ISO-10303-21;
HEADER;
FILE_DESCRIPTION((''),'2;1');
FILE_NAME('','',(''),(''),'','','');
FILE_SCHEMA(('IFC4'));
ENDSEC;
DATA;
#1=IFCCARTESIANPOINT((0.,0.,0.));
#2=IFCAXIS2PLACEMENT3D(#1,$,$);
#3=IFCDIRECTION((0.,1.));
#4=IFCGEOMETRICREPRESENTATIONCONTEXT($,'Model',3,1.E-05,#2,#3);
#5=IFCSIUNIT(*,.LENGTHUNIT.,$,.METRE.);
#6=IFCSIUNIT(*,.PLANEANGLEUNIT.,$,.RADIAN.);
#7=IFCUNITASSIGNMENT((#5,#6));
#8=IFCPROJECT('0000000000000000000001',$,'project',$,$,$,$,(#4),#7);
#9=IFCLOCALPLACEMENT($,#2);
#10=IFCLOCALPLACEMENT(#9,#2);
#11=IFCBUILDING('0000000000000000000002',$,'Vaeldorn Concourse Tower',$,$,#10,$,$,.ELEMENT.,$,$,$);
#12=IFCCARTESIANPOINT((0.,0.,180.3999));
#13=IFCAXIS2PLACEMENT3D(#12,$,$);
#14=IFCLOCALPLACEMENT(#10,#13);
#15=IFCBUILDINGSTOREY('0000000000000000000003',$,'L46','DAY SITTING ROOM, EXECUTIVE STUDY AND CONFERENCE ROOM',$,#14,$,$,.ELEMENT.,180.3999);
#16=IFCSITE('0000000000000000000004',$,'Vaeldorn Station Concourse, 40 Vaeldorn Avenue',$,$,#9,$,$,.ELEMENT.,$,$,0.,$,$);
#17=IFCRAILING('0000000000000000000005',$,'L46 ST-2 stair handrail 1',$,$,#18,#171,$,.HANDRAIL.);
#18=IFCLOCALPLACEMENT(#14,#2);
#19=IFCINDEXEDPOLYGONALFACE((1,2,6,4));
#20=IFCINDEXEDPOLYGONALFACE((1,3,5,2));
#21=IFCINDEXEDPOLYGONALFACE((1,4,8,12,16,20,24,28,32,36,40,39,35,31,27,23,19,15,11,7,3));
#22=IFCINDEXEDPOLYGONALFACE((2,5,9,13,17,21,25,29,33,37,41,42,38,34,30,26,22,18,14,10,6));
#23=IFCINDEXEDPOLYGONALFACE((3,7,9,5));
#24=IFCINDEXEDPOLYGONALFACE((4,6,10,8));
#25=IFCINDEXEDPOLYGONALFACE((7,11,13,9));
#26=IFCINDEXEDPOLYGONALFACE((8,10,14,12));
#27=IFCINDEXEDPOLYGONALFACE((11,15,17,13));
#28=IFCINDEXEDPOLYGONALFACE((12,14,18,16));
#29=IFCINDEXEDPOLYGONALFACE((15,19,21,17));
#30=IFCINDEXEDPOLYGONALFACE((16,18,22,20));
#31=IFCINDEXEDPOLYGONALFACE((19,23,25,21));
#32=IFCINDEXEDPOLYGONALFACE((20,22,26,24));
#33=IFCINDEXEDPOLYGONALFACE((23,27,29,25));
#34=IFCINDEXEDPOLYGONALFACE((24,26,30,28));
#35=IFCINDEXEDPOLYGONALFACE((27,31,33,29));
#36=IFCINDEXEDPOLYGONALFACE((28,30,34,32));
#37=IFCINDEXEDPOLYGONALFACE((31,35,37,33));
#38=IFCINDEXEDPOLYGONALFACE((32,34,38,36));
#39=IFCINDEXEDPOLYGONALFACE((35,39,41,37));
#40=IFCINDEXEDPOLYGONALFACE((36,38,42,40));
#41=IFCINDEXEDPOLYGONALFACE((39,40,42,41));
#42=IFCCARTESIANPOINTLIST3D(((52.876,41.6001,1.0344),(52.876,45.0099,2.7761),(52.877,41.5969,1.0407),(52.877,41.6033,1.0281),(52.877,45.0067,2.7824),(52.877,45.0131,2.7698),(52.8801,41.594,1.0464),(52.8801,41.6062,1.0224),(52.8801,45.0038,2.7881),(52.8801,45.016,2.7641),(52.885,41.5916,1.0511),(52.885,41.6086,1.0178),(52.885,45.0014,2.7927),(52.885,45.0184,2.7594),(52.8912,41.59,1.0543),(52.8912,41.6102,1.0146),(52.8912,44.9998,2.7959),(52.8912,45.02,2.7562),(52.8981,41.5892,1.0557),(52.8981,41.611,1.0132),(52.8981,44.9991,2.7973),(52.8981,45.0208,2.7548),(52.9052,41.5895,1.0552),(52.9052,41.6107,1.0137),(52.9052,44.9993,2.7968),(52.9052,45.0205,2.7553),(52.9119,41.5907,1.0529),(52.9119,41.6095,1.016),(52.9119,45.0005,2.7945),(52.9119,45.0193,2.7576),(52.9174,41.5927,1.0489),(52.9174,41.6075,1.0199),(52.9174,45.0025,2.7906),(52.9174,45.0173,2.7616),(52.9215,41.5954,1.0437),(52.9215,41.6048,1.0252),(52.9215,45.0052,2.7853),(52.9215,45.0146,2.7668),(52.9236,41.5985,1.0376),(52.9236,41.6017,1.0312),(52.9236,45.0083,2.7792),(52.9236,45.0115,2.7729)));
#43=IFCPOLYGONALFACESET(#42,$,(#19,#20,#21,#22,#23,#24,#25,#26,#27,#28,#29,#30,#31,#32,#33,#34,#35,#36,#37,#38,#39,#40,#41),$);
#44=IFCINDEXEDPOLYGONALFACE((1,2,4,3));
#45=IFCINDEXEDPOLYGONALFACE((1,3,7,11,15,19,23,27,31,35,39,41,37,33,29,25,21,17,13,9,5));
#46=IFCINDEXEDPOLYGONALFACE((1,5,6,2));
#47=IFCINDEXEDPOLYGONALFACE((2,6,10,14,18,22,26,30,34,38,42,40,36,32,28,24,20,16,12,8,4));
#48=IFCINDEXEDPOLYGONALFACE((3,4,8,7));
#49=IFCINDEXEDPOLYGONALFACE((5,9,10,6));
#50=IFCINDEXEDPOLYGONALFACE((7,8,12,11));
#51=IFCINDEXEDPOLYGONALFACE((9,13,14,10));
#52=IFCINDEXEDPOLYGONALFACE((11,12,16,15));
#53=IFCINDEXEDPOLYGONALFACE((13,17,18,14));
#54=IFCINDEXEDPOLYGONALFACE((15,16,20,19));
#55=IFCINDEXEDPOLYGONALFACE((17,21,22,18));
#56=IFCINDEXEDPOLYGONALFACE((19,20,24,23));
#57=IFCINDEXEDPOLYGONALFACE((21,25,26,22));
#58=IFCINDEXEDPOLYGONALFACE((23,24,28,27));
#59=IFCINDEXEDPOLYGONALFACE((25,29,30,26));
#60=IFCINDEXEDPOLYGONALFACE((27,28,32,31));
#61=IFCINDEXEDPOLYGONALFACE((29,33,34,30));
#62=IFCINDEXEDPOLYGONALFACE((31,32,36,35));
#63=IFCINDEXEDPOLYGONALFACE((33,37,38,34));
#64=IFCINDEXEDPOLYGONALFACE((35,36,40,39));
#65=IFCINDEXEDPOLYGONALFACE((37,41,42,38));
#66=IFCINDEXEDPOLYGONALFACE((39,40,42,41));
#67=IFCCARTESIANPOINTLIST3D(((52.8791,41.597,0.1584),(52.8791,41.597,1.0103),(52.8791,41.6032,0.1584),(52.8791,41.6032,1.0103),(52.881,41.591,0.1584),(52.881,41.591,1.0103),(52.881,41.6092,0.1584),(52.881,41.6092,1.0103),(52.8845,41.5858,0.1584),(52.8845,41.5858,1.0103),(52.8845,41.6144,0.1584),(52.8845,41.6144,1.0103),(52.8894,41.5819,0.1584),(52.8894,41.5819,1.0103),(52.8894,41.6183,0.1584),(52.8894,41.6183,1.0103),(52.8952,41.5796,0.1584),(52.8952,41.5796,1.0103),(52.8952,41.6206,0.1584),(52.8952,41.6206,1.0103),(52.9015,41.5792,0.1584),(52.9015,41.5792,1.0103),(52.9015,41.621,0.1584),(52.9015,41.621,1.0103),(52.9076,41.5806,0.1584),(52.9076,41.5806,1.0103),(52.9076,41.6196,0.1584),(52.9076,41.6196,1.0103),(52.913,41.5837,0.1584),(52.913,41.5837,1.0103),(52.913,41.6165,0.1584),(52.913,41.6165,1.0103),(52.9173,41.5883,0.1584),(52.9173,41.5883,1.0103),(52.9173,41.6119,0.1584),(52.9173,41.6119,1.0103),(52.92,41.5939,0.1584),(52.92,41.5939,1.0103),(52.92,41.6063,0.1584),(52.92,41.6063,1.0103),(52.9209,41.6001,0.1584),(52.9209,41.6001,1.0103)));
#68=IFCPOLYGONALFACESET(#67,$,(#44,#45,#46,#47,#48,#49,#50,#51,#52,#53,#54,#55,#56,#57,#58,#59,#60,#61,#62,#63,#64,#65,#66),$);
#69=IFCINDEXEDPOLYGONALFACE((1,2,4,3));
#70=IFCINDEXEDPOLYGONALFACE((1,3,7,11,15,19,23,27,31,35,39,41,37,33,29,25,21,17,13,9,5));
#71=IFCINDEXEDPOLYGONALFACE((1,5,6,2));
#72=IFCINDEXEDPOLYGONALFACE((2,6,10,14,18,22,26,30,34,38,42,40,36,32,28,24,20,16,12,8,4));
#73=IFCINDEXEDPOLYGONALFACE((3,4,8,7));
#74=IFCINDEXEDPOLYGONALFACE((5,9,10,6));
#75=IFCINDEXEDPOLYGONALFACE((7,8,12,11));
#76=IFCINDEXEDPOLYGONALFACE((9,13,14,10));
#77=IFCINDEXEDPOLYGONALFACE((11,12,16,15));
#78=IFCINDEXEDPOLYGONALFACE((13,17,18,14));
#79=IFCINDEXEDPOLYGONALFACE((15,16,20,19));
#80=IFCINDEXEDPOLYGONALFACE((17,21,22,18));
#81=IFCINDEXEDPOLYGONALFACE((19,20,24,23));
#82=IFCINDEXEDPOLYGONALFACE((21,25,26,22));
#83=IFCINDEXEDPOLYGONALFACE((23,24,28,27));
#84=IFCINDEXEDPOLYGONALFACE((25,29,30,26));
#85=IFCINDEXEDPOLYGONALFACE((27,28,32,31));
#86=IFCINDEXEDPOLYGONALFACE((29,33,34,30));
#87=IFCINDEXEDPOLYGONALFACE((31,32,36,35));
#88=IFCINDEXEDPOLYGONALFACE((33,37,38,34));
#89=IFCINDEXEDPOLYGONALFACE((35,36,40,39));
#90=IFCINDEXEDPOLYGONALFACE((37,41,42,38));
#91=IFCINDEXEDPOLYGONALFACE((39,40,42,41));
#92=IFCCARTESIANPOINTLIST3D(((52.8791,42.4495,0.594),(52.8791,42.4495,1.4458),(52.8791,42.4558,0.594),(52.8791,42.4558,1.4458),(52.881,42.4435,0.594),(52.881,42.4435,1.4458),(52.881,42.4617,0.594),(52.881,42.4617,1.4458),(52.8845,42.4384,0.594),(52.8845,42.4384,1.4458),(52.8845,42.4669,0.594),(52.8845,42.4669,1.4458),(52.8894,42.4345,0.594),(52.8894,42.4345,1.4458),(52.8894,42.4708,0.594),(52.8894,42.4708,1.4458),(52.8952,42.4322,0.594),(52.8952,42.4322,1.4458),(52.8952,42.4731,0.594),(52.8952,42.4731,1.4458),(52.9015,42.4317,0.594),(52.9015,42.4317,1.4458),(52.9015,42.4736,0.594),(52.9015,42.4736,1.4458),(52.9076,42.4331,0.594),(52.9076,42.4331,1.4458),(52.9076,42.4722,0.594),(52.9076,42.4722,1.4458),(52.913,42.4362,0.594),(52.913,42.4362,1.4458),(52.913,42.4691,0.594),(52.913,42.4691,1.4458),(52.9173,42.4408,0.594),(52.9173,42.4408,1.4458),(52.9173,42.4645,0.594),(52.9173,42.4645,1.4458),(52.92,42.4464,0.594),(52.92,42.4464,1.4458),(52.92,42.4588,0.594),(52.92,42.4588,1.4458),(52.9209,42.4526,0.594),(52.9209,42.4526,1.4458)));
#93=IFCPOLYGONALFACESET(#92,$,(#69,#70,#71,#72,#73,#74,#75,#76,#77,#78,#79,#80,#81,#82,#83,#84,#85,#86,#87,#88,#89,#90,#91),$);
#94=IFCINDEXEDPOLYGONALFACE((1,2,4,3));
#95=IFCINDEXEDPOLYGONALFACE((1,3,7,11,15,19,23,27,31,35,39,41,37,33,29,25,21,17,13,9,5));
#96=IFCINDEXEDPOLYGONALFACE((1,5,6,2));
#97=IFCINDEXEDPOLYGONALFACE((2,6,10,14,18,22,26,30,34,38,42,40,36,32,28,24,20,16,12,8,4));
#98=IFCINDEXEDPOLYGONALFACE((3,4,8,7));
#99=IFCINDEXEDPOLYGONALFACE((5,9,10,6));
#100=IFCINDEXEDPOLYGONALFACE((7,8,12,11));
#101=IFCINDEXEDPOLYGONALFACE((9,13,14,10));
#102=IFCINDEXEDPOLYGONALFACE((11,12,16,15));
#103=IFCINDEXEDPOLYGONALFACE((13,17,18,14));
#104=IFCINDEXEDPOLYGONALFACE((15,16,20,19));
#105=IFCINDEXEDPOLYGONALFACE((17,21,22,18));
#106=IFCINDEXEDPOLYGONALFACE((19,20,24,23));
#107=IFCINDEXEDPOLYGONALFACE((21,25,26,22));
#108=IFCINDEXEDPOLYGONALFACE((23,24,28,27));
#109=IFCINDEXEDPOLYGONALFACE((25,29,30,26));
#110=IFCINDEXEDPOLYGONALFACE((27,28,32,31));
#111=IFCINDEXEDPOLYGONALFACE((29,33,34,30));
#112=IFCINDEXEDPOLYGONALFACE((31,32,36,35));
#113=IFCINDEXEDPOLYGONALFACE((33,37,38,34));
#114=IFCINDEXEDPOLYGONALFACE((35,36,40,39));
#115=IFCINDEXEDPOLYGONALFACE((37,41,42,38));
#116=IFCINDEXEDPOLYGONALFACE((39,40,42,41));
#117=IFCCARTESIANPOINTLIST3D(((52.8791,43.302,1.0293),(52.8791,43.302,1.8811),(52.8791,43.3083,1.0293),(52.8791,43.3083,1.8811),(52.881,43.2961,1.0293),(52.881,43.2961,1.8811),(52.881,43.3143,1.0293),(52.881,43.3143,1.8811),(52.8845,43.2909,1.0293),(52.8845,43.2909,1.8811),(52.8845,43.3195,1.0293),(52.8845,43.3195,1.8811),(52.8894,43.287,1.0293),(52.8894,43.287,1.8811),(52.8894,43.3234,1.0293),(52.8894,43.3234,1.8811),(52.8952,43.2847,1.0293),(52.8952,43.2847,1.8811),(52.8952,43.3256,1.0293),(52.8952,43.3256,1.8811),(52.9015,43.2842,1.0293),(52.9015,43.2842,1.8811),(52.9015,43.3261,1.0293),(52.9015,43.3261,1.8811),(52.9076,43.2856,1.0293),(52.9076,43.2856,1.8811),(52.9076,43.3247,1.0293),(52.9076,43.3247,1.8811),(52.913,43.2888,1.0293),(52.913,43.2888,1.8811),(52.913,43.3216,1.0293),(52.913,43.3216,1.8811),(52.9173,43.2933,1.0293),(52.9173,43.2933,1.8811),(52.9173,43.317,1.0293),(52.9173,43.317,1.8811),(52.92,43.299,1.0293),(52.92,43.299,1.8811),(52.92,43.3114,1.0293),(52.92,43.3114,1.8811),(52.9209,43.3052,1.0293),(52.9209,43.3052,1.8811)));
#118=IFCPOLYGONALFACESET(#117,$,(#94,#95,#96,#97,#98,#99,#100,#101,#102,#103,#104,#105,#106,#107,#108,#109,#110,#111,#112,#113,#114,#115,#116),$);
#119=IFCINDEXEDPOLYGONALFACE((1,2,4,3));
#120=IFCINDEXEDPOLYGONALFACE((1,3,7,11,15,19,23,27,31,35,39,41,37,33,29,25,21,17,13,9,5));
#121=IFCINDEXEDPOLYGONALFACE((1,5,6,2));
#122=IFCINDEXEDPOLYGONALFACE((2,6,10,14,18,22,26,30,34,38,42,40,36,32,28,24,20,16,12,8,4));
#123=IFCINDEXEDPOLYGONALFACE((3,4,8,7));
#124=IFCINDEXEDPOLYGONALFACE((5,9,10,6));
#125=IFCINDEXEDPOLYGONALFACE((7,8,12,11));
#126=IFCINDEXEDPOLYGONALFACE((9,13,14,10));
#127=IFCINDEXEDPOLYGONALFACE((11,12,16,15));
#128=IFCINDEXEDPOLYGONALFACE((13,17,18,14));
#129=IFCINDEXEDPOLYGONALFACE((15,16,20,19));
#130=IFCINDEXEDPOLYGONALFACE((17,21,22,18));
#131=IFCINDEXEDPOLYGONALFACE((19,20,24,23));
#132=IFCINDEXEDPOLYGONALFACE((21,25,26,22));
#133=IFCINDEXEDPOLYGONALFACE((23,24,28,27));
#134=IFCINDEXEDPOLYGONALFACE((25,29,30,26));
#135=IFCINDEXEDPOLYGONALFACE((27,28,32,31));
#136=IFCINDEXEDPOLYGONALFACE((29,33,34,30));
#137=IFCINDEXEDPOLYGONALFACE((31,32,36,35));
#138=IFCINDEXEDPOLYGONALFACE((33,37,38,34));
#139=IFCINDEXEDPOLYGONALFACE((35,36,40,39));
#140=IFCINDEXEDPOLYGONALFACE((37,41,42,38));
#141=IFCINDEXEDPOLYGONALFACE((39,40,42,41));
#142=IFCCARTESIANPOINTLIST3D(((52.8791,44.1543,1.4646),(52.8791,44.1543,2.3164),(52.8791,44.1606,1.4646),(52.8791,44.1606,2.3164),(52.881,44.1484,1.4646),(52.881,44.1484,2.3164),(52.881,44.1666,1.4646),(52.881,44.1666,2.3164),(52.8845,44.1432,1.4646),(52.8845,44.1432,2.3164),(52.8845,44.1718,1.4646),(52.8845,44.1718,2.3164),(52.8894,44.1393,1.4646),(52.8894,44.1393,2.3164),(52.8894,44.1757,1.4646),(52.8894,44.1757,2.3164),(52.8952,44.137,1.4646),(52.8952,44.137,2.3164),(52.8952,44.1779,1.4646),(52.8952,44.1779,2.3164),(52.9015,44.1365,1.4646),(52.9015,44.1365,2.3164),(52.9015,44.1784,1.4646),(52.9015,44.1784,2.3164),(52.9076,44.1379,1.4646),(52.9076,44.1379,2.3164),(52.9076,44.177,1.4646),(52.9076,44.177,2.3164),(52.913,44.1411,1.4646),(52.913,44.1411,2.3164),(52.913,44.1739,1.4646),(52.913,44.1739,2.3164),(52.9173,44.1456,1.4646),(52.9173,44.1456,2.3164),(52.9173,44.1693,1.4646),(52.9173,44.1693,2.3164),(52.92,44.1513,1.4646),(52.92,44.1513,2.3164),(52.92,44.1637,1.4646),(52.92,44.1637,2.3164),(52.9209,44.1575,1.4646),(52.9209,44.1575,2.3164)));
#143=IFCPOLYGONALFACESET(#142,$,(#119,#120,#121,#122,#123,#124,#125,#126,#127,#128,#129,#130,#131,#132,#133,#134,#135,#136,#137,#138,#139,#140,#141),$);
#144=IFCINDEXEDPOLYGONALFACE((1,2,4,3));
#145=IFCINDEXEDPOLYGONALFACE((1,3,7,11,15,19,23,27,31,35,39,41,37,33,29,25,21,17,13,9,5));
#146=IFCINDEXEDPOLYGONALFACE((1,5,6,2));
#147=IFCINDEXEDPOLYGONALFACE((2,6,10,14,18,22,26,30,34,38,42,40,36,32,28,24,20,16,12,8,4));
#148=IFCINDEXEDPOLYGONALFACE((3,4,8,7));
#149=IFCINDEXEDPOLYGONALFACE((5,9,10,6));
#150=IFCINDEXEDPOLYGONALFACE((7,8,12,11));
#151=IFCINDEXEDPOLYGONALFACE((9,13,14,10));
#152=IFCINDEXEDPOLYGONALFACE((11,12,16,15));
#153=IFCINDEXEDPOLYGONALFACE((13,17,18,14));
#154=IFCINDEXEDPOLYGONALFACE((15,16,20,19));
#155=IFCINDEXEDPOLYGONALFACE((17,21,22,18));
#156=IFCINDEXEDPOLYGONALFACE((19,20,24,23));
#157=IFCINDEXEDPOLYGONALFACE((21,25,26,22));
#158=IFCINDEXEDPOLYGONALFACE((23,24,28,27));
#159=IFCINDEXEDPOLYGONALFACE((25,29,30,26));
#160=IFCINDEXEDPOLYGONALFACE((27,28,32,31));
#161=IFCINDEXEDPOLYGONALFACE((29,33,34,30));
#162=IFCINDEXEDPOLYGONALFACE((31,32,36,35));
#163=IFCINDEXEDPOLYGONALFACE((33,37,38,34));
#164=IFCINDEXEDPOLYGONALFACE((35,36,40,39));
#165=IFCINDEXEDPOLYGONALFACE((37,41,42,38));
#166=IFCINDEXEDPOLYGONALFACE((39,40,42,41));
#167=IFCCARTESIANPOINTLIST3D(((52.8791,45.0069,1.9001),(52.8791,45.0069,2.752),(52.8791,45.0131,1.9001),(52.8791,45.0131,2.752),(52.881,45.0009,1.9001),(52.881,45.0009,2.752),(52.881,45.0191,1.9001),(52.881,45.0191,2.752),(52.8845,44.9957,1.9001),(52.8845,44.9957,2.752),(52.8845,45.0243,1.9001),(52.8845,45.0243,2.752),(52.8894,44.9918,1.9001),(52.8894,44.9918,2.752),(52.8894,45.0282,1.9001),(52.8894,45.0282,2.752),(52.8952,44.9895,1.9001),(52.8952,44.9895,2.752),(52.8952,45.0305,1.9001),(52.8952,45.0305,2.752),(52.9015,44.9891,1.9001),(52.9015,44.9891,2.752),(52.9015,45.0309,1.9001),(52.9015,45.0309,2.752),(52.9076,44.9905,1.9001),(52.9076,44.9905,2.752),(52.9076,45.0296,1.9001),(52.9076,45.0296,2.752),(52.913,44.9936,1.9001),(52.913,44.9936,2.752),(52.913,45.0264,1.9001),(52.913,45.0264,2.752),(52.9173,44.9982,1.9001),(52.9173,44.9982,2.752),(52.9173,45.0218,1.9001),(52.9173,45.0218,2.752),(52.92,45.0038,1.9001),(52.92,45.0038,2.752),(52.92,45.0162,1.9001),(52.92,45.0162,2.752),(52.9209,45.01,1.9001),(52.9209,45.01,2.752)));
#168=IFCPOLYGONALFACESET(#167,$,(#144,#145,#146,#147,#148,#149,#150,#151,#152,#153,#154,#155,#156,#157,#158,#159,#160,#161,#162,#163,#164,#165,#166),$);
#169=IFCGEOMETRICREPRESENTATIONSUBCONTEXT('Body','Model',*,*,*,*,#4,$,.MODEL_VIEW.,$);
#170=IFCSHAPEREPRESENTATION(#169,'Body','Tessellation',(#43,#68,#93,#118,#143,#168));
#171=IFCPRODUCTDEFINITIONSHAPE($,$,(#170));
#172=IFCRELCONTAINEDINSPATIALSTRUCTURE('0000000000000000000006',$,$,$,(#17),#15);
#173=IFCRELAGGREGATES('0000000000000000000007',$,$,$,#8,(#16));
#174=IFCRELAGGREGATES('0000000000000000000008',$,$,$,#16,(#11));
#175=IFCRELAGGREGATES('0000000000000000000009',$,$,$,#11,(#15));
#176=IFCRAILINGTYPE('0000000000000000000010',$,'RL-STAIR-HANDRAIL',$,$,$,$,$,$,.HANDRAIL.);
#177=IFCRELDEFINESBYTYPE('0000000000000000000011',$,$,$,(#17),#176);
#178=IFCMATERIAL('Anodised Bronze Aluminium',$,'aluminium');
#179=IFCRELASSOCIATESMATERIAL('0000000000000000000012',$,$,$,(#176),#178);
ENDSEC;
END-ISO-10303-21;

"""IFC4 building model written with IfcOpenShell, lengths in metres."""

from ifc_helpers import new_model, si_unit, direction, frame, origin, origin_2d, place, context, subcontext, project, spatial, circle, extrude, material, type_object, element, save


model = new_model("IFC4")

# Units and contexts
model_context = context("Model", 3, precision=1e-05, world=origin(), true_north=direction((0.0, 1.0)))
body_context = subcontext(model_context, "Body", "Model", "MODEL_VIEW")
ifc_project = project(units=[si_unit("LENGTHUNIT", "METRE"), si_unit("PLANEANGLEUNIT", "RADIAN")], contexts=[model_context])

# Site, building, storey
site_placement = place(None, origin())
site = spatial("IfcSite", under=ifc_project, at=site_placement, Name="Vaeldorn Station Concourse, 40 Vaeldorn Avenue", CompositionType="ELEMENT", RefElevation=0.0)
building_placement = place(site_placement, origin())
building = spatial("IfcBuilding", under=site, at=building_placement, Name="Vaeldorn Concourse Tower", CompositionType="ELEMENT")
storey_placement = place(building_placement, frame((0.0, 0.0, 180.3999)))
storey = spatial("IfcBuildingStorey", under=building, at=storey_placement, Name="L46", Description="DAY SITTING ROOM, EXECUTIVE STUDY AND CONFERENCE ROOM", CompositionType="ELEMENT", Elevation=180.3999)

# Shared definitions
ifc_material_1 = material(Name="Anodised Bronze Aluminium", Category="aluminium")

# Railing
railing_type_1 = type_object("IfcRailingType", Name="RL-STAIR-HANDRAIL", PredefinedType="HANDRAIL", material=ifc_material_1)
railing_1_placement = place(storey_placement, frame((52.8999, 41.6001, 0.1584)))
element("IfcRailing", 1, at=railing_1_placement, inside=storey, type_object=railing_type_1, Name="L46 ST-2 stair handrail 1", PredefinedType="HANDRAIL", context=body_context, shape_type="SweptSolid", body=[
    extrude(circle(Radius=0.0239, at=origin_2d()), frame((0.0, 0.0, 0.876), z_axis=(0.0, 0.890556, 0.454874), x_axis=(-1.0, 0.0, 0.0)), (0.0, 0.0, 1.0), 3.8289),
    extrude(circle(Radius=0.021, at=origin_2d()), origin(), (0.0, 0.0, 1.0), 0.8518),
    extrude(circle(Radius=0.021, at=origin_2d()), frame((0.0, 0.8525, 0.4355)), (0.0, 0.0, 1.0), 0.8518),
    extrude(circle(Radius=0.021, at=origin_2d()), frame((0.0, 1.7051, 0.8708)), (0.0, 0.0, 1.0), 0.8518),
    extrude(circle(Radius=0.021, at=origin_2d()), frame((0.0, 2.5574, 1.3062)), (0.0, 0.0, 1.0), 0.8518),
    extrude(circle(Radius=0.021, at=origin_2d()), frame((0.0, 3.4099, 1.7417)), (0.0, 0.0, 1.0), 0.8518),
])

save(model, "model.ifc")
